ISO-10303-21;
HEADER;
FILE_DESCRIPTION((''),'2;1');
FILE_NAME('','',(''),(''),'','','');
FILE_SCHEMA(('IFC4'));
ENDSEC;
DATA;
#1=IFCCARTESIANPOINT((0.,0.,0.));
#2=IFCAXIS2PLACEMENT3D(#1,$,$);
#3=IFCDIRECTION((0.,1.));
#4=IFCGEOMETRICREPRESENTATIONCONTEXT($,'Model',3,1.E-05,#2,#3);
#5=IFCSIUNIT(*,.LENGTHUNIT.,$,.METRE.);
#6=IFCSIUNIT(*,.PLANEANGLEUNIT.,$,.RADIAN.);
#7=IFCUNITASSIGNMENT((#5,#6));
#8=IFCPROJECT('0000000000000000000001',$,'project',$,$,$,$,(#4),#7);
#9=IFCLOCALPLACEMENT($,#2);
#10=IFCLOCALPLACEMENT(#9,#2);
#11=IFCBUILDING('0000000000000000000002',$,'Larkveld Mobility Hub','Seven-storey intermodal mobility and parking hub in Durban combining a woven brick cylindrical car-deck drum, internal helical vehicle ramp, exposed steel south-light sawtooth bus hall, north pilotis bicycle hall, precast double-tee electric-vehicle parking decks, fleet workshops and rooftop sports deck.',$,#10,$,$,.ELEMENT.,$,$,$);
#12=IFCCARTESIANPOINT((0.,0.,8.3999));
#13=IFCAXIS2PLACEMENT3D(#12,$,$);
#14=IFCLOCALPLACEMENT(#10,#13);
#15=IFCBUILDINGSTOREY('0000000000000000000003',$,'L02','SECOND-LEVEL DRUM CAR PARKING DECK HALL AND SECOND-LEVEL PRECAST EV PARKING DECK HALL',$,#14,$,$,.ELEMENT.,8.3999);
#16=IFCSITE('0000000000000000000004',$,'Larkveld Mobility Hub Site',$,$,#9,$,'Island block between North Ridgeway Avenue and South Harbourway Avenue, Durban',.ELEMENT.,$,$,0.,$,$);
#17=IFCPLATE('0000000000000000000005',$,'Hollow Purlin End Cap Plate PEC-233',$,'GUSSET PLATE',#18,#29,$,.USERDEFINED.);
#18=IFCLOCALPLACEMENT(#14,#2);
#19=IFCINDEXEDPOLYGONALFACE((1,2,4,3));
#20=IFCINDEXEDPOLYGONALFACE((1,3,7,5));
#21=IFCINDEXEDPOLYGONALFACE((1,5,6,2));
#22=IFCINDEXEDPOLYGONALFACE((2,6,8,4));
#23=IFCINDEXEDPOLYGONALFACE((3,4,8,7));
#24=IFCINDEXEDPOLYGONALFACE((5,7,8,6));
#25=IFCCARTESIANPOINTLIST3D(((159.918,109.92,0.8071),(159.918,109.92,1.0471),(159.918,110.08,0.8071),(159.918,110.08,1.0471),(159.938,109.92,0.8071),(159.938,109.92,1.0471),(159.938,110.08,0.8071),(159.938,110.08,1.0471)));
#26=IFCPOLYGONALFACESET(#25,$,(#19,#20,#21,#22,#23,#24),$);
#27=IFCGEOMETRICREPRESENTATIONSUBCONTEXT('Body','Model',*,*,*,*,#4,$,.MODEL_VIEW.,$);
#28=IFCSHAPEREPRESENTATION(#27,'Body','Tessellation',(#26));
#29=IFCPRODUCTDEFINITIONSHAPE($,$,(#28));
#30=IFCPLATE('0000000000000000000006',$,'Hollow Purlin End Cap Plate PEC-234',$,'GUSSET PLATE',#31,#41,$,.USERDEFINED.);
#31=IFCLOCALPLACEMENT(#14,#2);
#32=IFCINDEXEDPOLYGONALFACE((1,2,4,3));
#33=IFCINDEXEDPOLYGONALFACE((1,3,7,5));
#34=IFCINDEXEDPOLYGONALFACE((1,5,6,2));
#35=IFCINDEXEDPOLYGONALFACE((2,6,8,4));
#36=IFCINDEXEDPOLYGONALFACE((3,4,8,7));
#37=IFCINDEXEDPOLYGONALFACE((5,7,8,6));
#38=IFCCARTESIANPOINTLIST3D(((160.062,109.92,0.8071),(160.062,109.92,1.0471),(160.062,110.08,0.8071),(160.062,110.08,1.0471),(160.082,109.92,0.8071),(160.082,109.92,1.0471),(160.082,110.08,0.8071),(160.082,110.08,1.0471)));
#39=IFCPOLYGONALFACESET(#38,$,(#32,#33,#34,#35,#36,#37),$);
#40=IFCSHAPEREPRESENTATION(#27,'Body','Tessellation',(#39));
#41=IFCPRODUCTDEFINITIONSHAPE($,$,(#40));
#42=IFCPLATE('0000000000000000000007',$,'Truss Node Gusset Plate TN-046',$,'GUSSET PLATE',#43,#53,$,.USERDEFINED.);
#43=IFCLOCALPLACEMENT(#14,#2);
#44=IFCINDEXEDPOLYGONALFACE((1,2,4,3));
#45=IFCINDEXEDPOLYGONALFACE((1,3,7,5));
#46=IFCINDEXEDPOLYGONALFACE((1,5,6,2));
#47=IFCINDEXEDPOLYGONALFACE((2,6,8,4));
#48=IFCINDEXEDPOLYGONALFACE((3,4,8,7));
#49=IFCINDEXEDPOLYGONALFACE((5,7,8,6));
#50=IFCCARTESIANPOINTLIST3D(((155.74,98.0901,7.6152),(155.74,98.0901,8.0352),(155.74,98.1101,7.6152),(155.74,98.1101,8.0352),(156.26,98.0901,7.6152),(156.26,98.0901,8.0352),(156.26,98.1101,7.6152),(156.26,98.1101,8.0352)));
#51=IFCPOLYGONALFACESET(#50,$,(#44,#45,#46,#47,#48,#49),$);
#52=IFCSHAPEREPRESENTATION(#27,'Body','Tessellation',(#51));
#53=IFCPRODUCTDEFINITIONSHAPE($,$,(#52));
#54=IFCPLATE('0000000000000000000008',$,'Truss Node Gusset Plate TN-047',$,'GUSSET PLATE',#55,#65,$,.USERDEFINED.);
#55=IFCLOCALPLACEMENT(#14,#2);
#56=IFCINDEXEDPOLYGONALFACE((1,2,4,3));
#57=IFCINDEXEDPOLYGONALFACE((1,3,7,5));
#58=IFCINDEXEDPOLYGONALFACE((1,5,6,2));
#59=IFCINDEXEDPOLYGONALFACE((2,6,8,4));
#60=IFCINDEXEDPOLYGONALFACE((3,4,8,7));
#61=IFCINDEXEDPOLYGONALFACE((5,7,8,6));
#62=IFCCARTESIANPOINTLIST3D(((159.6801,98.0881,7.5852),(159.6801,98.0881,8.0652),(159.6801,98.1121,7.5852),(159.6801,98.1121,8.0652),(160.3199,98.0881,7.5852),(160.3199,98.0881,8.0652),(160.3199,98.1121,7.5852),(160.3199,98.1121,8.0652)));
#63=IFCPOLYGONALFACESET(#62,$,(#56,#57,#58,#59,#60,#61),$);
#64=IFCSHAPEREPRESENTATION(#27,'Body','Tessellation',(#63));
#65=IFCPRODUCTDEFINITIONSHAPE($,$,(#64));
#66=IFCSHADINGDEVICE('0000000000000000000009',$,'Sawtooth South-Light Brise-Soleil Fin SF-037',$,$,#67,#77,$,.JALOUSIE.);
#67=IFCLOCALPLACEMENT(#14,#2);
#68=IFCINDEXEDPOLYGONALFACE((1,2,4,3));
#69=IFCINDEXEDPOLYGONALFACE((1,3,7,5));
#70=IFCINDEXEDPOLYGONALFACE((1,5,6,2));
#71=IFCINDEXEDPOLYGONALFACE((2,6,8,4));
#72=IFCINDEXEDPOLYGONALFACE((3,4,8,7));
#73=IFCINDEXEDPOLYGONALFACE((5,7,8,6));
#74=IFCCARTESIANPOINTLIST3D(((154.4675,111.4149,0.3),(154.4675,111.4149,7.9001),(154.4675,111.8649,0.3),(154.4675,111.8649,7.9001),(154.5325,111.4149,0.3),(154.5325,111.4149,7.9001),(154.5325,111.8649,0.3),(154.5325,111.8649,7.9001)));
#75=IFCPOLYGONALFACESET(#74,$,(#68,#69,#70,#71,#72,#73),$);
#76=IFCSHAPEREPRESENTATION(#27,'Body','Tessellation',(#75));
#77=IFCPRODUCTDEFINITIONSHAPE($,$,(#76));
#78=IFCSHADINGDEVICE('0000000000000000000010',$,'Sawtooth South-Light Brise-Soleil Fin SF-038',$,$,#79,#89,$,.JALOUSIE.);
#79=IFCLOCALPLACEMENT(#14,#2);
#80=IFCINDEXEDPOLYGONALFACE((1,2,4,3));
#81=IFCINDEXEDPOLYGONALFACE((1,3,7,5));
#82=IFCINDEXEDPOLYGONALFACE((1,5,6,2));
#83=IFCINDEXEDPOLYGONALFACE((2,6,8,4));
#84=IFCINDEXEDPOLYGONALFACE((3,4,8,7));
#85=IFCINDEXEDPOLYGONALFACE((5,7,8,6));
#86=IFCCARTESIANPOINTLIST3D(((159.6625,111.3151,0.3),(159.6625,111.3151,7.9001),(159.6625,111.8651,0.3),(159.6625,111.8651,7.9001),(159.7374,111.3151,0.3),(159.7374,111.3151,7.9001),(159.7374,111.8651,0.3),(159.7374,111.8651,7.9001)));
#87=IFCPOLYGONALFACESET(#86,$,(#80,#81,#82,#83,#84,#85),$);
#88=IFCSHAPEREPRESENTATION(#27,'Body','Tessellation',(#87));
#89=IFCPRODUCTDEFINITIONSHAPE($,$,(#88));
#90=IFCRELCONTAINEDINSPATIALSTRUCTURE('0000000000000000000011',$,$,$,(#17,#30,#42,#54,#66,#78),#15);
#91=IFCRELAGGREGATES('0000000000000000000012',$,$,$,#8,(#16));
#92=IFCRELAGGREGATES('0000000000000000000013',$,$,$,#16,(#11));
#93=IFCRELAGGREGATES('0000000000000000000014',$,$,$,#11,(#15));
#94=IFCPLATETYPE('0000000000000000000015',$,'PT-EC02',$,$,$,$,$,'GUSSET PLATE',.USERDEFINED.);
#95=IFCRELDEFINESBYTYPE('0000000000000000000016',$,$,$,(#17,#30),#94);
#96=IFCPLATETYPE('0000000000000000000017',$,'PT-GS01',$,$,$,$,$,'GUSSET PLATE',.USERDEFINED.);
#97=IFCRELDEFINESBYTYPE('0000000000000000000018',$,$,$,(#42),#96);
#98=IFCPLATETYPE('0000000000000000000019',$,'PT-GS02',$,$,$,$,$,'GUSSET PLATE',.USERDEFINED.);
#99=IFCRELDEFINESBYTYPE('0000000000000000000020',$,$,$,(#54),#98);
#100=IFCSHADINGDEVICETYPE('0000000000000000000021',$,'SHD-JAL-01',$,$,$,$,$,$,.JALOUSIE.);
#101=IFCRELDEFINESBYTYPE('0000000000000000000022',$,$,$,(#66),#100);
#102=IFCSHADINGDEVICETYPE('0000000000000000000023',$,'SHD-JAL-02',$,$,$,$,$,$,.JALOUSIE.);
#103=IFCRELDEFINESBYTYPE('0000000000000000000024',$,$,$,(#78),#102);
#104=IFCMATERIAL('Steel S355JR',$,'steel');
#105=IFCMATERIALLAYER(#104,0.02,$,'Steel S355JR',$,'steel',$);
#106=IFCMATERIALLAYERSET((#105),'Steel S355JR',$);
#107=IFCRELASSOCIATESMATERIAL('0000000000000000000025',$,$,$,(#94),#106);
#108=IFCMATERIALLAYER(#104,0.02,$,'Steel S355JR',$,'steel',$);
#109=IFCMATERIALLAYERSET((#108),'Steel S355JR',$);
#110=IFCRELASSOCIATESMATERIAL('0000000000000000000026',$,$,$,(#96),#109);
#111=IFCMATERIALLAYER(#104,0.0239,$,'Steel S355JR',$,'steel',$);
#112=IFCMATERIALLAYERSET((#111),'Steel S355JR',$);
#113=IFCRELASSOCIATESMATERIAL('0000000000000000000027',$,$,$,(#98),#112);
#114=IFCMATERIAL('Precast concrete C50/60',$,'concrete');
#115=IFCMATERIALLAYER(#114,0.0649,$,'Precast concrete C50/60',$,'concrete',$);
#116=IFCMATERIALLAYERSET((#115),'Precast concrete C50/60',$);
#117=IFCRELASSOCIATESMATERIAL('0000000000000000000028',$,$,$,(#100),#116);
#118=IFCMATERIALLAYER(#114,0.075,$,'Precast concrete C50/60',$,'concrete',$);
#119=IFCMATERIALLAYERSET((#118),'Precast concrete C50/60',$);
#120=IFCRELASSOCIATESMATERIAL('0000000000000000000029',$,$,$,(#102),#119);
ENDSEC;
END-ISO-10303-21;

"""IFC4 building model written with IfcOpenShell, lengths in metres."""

from ifc_helpers import new_model, si_unit, direction, frame, origin, origin_2d, place, context, subcontext, project, spatial, rectangle, extrude, material, layer, layer_set, type_object, element, save


model = new_model("IFC4")

# Units and contexts
model_context = context("Model", 3, precision=1e-05, world=origin(), true_north=direction((0.0, 1.0)))
body_context = subcontext(model_context, "Body", "Model", "MODEL_VIEW")
ifc_project = project(units=[si_unit("LENGTHUNIT", "METRE"), si_unit("PLANEANGLEUNIT", "RADIAN")], contexts=[model_context])

# Site, building, storey
site_placement = place(None, origin())
site = spatial("IfcSite", under=ifc_project, at=site_placement, Name="Larkveld Mobility Hub Site", LongName="Island block between North Ridgeway Avenue and South Harbourway Avenue, Durban", CompositionType="ELEMENT", RefElevation=0.0)
building_placement = place(site_placement, origin())
building = spatial("IfcBuilding", under=site, at=building_placement, Name="Larkveld Mobility Hub", Description="Seven-storey intermodal mobility and parking hub in Durban combining a woven brick cylindrical car-deck drum, internal helical vehicle ramp, exposed steel south-light sawtooth bus hall, north pilotis bicycle hall, precast double-tee electric-vehicle parking decks, fleet workshops and rooftop sports deck.", CompositionType="ELEMENT")
storey_placement = place(building_placement, frame((0.0, 0.0, 8.3999)))
storey = spatial("IfcBuildingStorey", under=building, at=storey_placement, Name="L02", Description="SECOND-LEVEL DRUM CAR PARKING DECK HALL AND SECOND-LEVEL PRECAST EV PARKING DECK HALL", CompositionType="ELEMENT", Elevation=8.3999)

# Shared definitions
ifc_material_1 = material(Name="Steel S355JR", Category="steel")

# Plates
ifc_layer_1 = layer(ifc_material_1, 0.02, Name="Steel S355JR", Category="steel")
ifc_layer_set_1 = layer_set([ifc_layer_1], Name="Steel S355JR")
plate_type_1 = type_object("IfcPlateType", Name="PT-EC02", ElementType="GUSSET PLATE", PredefinedType="USERDEFINED", material=ifc_layer_set_1)
for number, where, z_axis, x_axis, name in (
    (1, (159.928, 110.0, 0.8071), (0.0, 0.0, 1.0), (1.0, 0.0, 0.0), "Hollow Purlin End Cap Plate PEC-233"),
    (2, (160.072, 110.0, 0.8071), (0.0, 0.0, 1.0), (1.0, 0.0, 0.0), "Hollow Purlin End Cap Plate PEC-234"),
):
    element("IfcPlate", number, at=place(storey_placement, frame(where, z_axis=z_axis, x_axis=x_axis)), inside=storey, type_object=plate_type_1, Name=name, ObjectType="GUSSET PLATE", PredefinedType="USERDEFINED", context=body_context, shape_type="SweptSolid", body=[
        extrude(rectangle(XDim=0.02, YDim=0.1599, at=origin_2d()), origin(), (0.0, 0.0, 1.0), 0.24),
    ])
ifc_layer_2 = layer(ifc_material_1, 0.02, Name="Steel S355JR", Category="steel")
ifc_layer_set_2 = layer_set([ifc_layer_2], Name="Steel S355JR")
plate_type_2 = type_object("IfcPlateType", Name="PT-GS01", ElementType="GUSSET PLATE", PredefinedType="USERDEFINED", material=ifc_layer_set_2)
plate_1_placement = place(storey_placement, frame((156.0, 98.1001, 7.6152), z_axis=(0.0, 0.0, 1.0), x_axis=(1.0, 0.0, 0.0)))
element("IfcPlate", 3, at=plate_1_placement, inside=storey, type_object=plate_type_2, Name="Truss Node Gusset Plate TN-046", ObjectType="GUSSET PLATE", PredefinedType="USERDEFINED", context=body_context, shape_type="SweptSolid", body=[
    extrude(rectangle(XDim=0.52, YDim=0.02, at=origin_2d()), origin(), (0.0, 0.0, 1.0), 0.4199),
])
ifc_layer_3 = layer(ifc_material_1, 0.0239, Name="Steel S355JR", Category="steel")
ifc_layer_set_3 = layer_set([ifc_layer_3], Name="Steel S355JR")
plate_type_3 = type_object("IfcPlateType", Name="PT-GS02", ElementType="GUSSET PLATE", PredefinedType="USERDEFINED", material=ifc_layer_set_3)
plate_2_placement = place(storey_placement, frame((160.0, 98.1001, 7.5852), z_axis=(0.0, 0.0, 1.0), x_axis=(1.0, 0.0, 0.0)))
element("IfcPlate", 4, at=plate_2_placement, inside=storey, type_object=plate_type_3, Name="Truss Node Gusset Plate TN-047", ObjectType="GUSSET PLATE", PredefinedType="USERDEFINED", context=body_context, shape_type="SweptSolid", body=[
    extrude(rectangle(XDim=0.6399, YDim=0.0239, at=origin_2d()), origin(), (0.0, 0.0, 1.0), 0.48),
])

# Shading devices
ifc_material_2 = material(Name="Precast concrete C50/60", Category="concrete")
ifc_layer_4 = layer(ifc_material_2, 0.0649, Name="Precast concrete C50/60", Category="concrete")
ifc_layer_set_4 = layer_set([ifc_layer_4], Name="Precast concrete C50/60")
shading_device_type_1 = type_object("IfcShadingDeviceType", Name="SHD-JAL-01", PredefinedType="JALOUSIE", material=ifc_layer_set_4)
shading_device_1_placement = place(storey_placement, frame((154.5, 111.6399, 0.3), z_axis=(0.0, 0.0, 1.0), x_axis=(1.0, 0.0, 0.0)))
element("IfcShadingDevice", 5, at=shading_device_1_placement, inside=storey, type_object=shading_device_type_1, Name="Sawtooth South-Light Brise-Soleil Fin SF-037", PredefinedType="JALOUSIE", context=body_context, shape_type="SweptSolid", body=[
    extrude(rectangle(XDim=0.0649, YDim=0.45, at=origin_2d()), origin(), (0.0, 0.0, 1.0), 7.6001),
])
ifc_layer_5 = layer(ifc_material_2, 0.075, Name="Precast concrete C50/60", Category="concrete")
ifc_layer_set_5 = layer_set([ifc_layer_5], Name="Precast concrete C50/60")
shading_device_type_2 = type_object("IfcShadingDeviceType", Name="SHD-JAL-02", PredefinedType="JALOUSIE", material=ifc_layer_set_5)
shading_device_2_placement = place(storey_placement, frame((159.7, 111.5901, 0.3), z_axis=(0.0, 0.0, 1.0), x_axis=(1.0, 0.0, 0.0)))
element("IfcShadingDevice", 6, at=shading_device_2_placement, inside=storey, type_object=shading_device_type_2, Name="Sawtooth South-Light Brise-Soleil Fin SF-038", PredefinedType="JALOUSIE", context=body_context, shape_type="SweptSolid", body=[
    extrude(rectangle(XDim=0.075, YDim=0.55, at=origin_2d()), origin(), (0.0, 0.0, 1.0), 7.6001),
])

save(model, "model.ifc")
